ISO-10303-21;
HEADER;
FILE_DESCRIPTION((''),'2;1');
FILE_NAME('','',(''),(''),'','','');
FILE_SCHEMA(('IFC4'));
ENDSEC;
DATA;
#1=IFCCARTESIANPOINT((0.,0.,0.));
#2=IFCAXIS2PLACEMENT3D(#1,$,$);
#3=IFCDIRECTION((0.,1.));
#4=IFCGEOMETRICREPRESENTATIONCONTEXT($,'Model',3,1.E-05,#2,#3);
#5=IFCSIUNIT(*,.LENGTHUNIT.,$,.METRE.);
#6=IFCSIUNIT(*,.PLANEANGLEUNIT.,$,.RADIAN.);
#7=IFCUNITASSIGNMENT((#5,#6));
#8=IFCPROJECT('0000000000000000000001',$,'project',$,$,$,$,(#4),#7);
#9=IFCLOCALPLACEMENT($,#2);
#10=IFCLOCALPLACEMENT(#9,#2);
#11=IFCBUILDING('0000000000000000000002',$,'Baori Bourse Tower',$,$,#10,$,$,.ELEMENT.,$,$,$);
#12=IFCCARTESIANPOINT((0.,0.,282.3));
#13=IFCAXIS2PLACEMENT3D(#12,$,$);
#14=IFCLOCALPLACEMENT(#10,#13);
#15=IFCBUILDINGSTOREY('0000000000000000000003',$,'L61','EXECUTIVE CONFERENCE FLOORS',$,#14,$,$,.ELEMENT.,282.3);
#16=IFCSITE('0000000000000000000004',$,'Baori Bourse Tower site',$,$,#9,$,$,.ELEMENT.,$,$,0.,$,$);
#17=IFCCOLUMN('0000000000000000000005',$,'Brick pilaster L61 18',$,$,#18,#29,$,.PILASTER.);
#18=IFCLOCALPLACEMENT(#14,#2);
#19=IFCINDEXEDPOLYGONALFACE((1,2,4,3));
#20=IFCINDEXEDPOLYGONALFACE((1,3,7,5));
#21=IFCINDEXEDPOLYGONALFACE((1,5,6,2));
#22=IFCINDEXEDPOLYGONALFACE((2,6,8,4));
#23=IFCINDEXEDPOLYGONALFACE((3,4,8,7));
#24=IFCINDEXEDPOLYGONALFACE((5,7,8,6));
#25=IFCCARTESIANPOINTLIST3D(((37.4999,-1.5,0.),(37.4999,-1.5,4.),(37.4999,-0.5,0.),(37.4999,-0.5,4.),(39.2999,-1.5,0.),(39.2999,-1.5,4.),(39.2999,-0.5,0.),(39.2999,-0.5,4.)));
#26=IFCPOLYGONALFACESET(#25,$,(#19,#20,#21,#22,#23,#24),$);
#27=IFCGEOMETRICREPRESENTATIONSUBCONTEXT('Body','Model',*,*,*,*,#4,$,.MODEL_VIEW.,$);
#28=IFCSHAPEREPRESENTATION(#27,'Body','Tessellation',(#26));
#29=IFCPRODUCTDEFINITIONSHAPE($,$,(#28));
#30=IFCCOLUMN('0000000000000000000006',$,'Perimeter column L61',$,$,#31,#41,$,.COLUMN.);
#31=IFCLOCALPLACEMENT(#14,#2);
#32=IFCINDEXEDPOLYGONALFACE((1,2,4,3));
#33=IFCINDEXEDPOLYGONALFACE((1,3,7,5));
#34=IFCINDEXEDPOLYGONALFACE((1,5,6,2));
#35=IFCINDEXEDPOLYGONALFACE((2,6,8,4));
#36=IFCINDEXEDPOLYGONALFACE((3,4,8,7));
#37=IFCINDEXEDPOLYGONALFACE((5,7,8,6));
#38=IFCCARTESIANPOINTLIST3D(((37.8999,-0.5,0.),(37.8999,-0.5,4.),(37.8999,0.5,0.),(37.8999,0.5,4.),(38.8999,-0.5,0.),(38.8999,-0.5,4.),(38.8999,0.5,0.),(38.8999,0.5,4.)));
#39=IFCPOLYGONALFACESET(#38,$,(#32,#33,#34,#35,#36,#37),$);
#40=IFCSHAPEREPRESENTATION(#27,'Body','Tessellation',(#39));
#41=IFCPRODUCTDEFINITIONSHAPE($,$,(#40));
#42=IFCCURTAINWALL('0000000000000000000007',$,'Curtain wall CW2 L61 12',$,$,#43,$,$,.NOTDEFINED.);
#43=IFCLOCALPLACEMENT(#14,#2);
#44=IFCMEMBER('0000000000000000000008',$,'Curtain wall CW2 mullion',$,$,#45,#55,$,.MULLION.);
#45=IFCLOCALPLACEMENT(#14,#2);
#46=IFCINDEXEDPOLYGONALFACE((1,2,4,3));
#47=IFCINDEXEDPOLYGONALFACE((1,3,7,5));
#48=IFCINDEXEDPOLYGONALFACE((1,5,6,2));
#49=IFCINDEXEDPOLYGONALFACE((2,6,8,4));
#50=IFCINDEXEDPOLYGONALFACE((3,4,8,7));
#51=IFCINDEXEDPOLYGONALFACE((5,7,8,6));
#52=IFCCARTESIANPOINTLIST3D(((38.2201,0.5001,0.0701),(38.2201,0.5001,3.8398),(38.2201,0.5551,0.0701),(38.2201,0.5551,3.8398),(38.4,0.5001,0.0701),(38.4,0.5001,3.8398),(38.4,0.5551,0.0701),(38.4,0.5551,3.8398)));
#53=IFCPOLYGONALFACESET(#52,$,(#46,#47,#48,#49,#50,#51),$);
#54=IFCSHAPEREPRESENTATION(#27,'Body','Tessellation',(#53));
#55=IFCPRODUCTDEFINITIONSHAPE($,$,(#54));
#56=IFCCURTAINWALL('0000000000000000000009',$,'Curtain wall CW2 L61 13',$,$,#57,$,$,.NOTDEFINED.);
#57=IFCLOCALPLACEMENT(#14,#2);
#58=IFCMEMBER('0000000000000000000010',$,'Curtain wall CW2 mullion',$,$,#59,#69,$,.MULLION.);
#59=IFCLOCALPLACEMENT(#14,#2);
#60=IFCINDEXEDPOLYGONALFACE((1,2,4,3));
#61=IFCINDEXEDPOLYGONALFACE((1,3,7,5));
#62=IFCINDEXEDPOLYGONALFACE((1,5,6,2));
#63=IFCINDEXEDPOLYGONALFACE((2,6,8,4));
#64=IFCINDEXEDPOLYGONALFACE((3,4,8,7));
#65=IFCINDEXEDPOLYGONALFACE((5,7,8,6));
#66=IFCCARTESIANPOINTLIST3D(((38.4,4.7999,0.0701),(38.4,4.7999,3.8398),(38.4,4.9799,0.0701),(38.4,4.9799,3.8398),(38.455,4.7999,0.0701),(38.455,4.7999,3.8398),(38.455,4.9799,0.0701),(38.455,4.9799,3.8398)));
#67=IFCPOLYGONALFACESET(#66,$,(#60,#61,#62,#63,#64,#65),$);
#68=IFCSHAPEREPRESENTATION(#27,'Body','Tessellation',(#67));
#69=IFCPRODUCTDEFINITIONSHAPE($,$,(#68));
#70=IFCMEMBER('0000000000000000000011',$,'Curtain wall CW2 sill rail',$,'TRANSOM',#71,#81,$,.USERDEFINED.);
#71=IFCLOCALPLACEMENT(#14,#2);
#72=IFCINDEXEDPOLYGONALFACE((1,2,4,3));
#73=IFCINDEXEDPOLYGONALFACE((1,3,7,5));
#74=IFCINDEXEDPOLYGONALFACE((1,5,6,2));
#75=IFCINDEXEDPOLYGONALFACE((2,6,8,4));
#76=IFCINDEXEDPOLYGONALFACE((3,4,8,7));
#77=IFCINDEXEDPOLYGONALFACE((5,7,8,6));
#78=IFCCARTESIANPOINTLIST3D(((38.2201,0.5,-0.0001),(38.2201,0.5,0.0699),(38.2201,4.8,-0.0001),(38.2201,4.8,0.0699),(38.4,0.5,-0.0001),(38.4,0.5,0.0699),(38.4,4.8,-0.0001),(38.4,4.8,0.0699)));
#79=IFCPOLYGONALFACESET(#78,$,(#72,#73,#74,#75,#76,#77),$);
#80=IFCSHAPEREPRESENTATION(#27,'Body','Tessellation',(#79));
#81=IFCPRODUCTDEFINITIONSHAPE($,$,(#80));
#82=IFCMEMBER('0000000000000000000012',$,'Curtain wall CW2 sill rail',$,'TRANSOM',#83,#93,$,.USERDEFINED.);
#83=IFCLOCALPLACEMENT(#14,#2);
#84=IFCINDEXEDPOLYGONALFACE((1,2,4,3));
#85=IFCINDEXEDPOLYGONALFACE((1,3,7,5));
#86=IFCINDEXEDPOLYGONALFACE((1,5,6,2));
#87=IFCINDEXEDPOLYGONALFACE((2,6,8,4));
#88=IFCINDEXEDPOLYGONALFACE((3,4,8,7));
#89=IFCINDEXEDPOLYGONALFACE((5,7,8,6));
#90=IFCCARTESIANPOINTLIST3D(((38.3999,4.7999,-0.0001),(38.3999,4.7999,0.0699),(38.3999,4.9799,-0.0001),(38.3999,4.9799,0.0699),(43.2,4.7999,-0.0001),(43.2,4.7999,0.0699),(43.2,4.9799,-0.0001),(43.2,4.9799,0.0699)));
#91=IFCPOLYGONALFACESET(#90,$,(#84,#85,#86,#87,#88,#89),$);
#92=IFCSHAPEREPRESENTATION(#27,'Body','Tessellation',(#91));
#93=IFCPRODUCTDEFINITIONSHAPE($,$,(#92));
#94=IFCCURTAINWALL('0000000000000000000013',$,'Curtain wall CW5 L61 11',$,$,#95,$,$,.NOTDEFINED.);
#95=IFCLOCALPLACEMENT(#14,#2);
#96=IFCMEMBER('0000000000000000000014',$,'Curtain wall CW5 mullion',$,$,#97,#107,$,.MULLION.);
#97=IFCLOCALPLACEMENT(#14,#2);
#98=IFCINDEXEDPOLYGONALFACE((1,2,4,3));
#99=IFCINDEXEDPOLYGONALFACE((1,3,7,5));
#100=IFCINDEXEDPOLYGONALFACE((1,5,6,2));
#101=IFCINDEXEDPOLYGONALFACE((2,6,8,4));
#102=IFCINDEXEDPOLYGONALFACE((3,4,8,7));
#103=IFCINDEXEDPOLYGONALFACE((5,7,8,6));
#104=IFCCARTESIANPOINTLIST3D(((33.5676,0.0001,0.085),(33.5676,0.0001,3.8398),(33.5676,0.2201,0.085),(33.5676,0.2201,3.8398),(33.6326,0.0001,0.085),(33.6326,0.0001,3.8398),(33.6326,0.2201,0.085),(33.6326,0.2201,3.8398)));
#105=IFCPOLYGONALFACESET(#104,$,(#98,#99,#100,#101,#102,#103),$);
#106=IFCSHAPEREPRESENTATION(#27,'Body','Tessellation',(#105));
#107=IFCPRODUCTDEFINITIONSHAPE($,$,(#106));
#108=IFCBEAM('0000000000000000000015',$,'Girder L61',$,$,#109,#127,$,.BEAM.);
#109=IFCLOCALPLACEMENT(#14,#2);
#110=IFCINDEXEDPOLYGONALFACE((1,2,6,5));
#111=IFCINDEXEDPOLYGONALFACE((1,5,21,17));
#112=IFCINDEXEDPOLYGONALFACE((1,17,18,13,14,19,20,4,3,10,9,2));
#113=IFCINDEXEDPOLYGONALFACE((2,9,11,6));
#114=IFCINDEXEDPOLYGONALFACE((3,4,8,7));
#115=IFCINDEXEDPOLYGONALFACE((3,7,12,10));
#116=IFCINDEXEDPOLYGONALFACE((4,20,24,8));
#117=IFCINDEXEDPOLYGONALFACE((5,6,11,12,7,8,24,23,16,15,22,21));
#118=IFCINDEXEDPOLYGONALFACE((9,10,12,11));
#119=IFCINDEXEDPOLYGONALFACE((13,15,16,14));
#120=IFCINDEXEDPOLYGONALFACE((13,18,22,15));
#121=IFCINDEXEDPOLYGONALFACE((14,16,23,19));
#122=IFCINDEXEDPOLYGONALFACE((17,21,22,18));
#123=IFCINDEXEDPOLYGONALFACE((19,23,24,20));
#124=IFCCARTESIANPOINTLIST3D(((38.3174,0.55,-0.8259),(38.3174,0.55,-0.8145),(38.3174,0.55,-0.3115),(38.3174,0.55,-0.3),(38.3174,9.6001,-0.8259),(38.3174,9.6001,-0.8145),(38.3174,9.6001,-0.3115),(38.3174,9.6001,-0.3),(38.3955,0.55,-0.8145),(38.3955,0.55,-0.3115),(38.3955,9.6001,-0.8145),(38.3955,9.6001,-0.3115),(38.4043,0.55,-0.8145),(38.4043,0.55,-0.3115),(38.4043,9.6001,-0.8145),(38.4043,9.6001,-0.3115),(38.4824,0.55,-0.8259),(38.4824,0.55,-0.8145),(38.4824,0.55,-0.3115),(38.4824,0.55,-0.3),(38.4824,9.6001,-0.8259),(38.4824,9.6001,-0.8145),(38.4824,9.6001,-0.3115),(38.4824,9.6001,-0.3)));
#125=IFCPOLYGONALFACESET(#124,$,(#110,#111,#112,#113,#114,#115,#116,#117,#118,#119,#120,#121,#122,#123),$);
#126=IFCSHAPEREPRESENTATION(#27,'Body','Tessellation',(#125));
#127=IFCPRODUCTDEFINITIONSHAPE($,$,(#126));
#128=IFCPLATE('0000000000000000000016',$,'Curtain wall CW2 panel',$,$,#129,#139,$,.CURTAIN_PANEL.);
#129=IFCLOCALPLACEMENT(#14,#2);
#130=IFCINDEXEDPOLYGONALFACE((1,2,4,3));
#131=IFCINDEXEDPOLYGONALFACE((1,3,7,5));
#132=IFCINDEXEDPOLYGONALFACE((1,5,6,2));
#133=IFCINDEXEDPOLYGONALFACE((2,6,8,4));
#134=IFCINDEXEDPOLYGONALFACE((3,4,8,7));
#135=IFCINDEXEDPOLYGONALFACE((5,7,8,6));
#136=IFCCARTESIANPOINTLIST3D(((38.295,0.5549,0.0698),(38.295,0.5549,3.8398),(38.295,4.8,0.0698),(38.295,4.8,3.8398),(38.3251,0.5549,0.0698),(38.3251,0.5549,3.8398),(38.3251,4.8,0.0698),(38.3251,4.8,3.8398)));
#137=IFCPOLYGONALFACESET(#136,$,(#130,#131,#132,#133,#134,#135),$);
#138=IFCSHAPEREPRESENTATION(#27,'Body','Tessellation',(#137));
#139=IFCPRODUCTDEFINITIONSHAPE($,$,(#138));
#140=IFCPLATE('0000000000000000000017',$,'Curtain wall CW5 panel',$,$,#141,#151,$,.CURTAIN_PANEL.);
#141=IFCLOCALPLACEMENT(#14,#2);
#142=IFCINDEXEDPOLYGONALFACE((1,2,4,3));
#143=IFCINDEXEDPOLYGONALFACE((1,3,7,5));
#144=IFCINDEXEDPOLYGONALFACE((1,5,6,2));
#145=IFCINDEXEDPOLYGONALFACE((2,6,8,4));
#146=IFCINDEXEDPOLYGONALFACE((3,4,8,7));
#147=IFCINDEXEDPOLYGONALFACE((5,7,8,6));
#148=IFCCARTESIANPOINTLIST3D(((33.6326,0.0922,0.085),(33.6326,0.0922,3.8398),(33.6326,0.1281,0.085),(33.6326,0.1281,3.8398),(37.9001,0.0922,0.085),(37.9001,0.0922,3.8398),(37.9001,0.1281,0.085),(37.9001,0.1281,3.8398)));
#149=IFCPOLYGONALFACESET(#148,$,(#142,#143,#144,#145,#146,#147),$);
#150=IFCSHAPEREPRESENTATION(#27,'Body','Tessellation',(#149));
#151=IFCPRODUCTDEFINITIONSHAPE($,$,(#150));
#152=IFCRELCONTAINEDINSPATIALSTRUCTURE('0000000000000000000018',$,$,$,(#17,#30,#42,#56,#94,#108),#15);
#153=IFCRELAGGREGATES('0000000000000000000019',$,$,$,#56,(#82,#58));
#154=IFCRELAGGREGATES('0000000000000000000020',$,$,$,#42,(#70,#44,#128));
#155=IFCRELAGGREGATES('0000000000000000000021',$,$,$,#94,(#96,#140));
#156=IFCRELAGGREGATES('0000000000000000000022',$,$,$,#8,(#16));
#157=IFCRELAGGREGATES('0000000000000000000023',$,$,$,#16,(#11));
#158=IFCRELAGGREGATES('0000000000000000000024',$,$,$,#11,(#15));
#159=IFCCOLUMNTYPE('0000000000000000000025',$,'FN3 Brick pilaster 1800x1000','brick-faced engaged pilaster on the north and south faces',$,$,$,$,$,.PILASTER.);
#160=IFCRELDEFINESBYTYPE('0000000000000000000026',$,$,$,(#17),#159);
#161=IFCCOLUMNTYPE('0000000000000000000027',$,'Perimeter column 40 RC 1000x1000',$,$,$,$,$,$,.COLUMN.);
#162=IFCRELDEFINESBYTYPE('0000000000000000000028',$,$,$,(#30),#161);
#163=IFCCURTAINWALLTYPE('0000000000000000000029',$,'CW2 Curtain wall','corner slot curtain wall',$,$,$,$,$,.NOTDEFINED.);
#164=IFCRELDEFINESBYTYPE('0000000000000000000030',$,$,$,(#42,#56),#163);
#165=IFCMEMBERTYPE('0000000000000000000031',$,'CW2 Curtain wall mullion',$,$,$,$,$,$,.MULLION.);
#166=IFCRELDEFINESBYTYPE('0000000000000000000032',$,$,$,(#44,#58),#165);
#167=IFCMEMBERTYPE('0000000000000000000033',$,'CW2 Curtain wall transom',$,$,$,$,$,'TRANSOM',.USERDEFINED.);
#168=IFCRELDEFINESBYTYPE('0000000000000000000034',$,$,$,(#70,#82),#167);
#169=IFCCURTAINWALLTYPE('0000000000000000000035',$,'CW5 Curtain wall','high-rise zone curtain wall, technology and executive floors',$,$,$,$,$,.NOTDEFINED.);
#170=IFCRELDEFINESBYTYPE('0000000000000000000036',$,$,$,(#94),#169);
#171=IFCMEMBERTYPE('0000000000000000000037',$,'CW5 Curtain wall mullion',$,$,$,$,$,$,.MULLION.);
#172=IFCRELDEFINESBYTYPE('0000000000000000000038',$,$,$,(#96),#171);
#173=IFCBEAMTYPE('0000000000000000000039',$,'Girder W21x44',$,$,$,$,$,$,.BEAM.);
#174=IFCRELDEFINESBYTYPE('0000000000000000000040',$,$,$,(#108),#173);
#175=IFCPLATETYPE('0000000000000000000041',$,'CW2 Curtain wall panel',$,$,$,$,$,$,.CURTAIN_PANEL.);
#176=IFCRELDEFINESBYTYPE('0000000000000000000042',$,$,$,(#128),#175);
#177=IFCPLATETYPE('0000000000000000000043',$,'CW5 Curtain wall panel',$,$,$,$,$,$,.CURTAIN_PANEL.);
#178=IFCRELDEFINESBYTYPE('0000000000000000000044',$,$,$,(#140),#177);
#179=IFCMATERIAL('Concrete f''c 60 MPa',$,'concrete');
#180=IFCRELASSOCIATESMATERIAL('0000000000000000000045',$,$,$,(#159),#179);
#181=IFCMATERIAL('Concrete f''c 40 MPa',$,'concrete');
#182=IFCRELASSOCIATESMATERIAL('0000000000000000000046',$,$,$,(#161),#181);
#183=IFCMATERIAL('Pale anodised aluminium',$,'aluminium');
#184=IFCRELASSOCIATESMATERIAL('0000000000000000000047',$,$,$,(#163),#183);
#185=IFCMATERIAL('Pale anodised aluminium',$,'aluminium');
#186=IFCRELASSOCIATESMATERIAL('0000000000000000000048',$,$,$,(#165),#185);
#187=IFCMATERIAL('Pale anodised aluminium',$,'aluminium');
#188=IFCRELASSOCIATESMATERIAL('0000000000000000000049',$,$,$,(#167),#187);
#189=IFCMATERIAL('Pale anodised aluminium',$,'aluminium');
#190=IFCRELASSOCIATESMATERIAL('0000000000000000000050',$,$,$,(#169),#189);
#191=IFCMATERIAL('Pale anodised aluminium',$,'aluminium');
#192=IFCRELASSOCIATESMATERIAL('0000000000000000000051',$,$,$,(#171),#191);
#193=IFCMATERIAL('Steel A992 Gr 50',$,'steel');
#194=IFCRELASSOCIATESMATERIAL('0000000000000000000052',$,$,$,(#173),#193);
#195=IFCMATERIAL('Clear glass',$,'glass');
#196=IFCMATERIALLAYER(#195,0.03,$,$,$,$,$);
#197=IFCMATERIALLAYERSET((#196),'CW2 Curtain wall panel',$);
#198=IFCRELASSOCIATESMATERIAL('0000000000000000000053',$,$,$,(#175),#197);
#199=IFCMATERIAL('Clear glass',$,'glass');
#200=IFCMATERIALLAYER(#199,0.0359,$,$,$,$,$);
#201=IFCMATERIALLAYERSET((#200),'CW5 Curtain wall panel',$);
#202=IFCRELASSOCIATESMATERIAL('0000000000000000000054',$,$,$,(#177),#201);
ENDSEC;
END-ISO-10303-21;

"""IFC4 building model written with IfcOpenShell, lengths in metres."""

from ifc_helpers import new_model, si_unit, direction, frame, origin, origin_2d, place, context, subcontext, project, spatial, rectangle, i_section, extrude, material, layer, layer_set, material_profile, profile_set, type_object, element, aggregate, save


model = new_model("IFC4")

# Units and contexts
model_context = context("Model", 3, precision=1e-05, world=origin(), true_north=direction((0.0, 1.0)))
body_context = subcontext(model_context, "Body", "Model", "MODEL_VIEW")
ifc_project = project(units=[si_unit("LENGTHUNIT", "METRE"), si_unit("PLANEANGLEUNIT", "RADIAN")], contexts=[model_context])

# Site, building, storey
site_placement = place(None, origin())
site = spatial("IfcSite", under=ifc_project, at=site_placement, Name="Baori Bourse Tower site", CompositionType="ELEMENT", RefElevation=0.0)
building_placement = place(site_placement, origin())
building = spatial("IfcBuilding", under=site, at=building_placement, Name="Baori Bourse Tower", CompositionType="ELEMENT")
storey_placement = place(building_placement, frame((0.0, 0.0, 282.3)))
storey = spatial("IfcBuildingStorey", under=building, at=storey_placement, Name="L61", Description="EXECUTIVE CONFERENCE FLOORS", CompositionType="ELEMENT", Elevation=282.3)

# Columns
ifc_material_1 = material(Name="Concrete f'c 60 MPa", Category="concrete")
ifc_material_profile_1 = material_profile(ifc_material_1, rectangle(XDim=1.8, YDim=1.0, at=origin_2d()), Name="RC 1800x1000")
ifc_profile_set_1 = profile_set([ifc_material_profile_1], Name="Concrete f'c 60 MPa")
column_type_1 = type_object("IfcColumnType", Name="FN3 Brick pilaster 1800x1000", Description="brick-faced engaged pilaster on the north and south faces", PredefinedType="PILASTER", material=ifc_profile_set_1)
column_1_placement = place(storey_placement, frame((38.3999, -1.0, 0.0), z_axis=(0.0, 0.0, 1.0), x_axis=(1.0, 0.0, 0.0)))
element("IfcColumn", 1, at=column_1_placement, inside=storey, type_object=column_type_1, Name="Brick pilaster L61 18", PredefinedType="PILASTER", context=body_context, shape_type="SweptSolid", body=[
    extrude(rectangle(XDim=1.8, YDim=1.0, at=origin_2d()), origin(), (0.0, 0.0, 1.0), 4.0),
])
ifc_material_2 = material(Name="Concrete f'c 40 MPa", Category="concrete")
ifc_material_profile_2 = material_profile(ifc_material_2, rectangle(XDim=1.0, YDim=1.0, at=origin_2d()), Name="RC 1000x1000")
ifc_profile_set_2 = profile_set([ifc_material_profile_2], Name="Concrete f'c 40 MPa")
column_type_2 = type_object("IfcColumnType", Name="Perimeter column 40 RC 1000x1000", PredefinedType="COLUMN", material=ifc_profile_set_2)
column_2_placement = place(storey_placement, frame((38.3999, 0.0, 0.0), z_axis=(0.0, 0.0, 1.0), x_axis=(1.0, 0.0, 0.0)))
element("IfcColumn", 2, at=column_2_placement, inside=storey, type_object=column_type_2, Name="Perimeter column L61", PredefinedType="COLUMN", context=body_context, shape_type="SweptSolid", body=[
    extrude(rectangle(XDim=1.0, YDim=1.0, at=origin_2d()), origin(), (0.0, 0.0, 1.0), 4.0),
])

# Curtain walls, members
ifc_material_3 = material(Name="Pale anodised aluminium", Category="aluminium")
curtain_wall_type_1 = type_object("IfcCurtainWallType", Name="CW2 Curtain wall", Description="corner slot curtain wall", PredefinedType="NOTDEFINED", material=ifc_material_3)
curtain_wall_1_placement = place(storey_placement, origin())
curtain_wall_1 = element("IfcCurtainWall", 3, at=curtain_wall_1_placement, inside=storey, type_object=curtain_wall_type_1, Name="Curtain wall CW2 L61 12", PredefinedType="NOTDEFINED")
ifc_material_4 = material(Name="Pale anodised aluminium", Category="aluminium")
ifc_material_profile_3 = material_profile(ifc_material_4, rectangle(XDim=0.1799, YDim=0.0549, at=origin_2d()), Name="Mullion 55x180")
ifc_profile_set_3 = profile_set([ifc_material_profile_3], Name="Pale anodised aluminium")
member_type_1 = type_object("IfcMemberType", Name="CW2 Curtain wall mullion", PredefinedType="MULLION", material=ifc_profile_set_3)
member_1_placement = place(storey_placement, frame((38.3101, 0.5276, 0.0701), z_axis=(0.0, 0.0, 1.0), x_axis=(-1.0, 0.0, 0.0)))
member_1 = element("IfcMember", 4, at=member_1_placement, type_object=member_type_1, Name="Curtain wall CW2 mullion", PredefinedType="MULLION", context=body_context, shape_type="SweptSolid", body=[
    extrude(rectangle(XDim=0.1799, YDim=0.0549, at=origin_2d()), origin(), (0.0, 0.0, 1.0), 3.7698),
])
curtain_wall_2_placement = place(storey_placement, origin())
curtain_wall_2 = element("IfcCurtainWall", 5, at=curtain_wall_2_placement, inside=storey, type_object=curtain_wall_type_1, Name="Curtain wall CW2 L61 13", PredefinedType="NOTDEFINED")
member_2_placement = place(storey_placement, frame((38.4275, 4.8899, 0.0701), z_axis=(0.0, 0.0, 1.0), x_axis=(0.0, 1.0, 0.0)))
member_2 = element("IfcMember", 6, at=member_2_placement, type_object=member_type_1, Name="Curtain wall CW2 mullion", PredefinedType="MULLION", context=body_context, shape_type="SweptSolid", body=[
    extrude(rectangle(XDim=0.1799, YDim=0.0549, at=origin_2d()), origin(), (0.0, 0.0, 1.0), 3.7698),
])

# Members
ifc_material_5 = material(Name="Pale anodised aluminium", Category="aluminium")
ifc_material_profile_4 = material_profile(ifc_material_5, rectangle(XDim=0.1799, YDim=0.0701, at=origin_2d()), Name="Transom 70x180")
ifc_profile_set_4 = profile_set([ifc_material_profile_4], Name="Pale anodised aluminium")
member_type_2 = type_object("IfcMemberType", Name="CW2 Curtain wall transom", ElementType="TRANSOM", PredefinedType="USERDEFINED", material=ifc_profile_set_4)
member_3_placement = place(storey_placement, frame((38.3101, 0.5, 0.0349), z_axis=(0.0, 1.0, 0.0), x_axis=(-1.0, 0.0, 0.0)))
member_3 = element("IfcMember", 7, at=member_3_placement, type_object=member_type_2, Name="Curtain wall CW2 sill rail", ObjectType="TRANSOM", PredefinedType="USERDEFINED", context=body_context, shape_type="SweptSolid", body=[
    extrude(rectangle(XDim=0.1799, YDim=0.0701, at=origin_2d()), origin(), (0.0, 0.0, 1.0), 4.3),
])
member_4_placement = place(storey_placement, frame((38.3999, 4.8899, 0.0349), z_axis=(1.0, 0.0, 0.0), x_axis=(0.0, 1.0, 0.0)))
member_4 = element("IfcMember", 8, at=member_4_placement, type_object=member_type_2, Name="Curtain wall CW2 sill rail", ObjectType="TRANSOM", PredefinedType="USERDEFINED", context=body_context, shape_type="SweptSolid", body=[
    extrude(rectangle(XDim=0.1799, YDim=0.0701, at=origin_2d()), origin(), (0.0, 0.0, 1.0), 4.8),
])
aggregate(curtain_wall_2, [member_4, member_2])

# Curtain wall, member
ifc_material_6 = material(Name="Pale anodised aluminium", Category="aluminium")
curtain_wall_type_2 = type_object("IfcCurtainWallType", Name="CW5 Curtain wall", Description="high-rise zone curtain wall, technology and executive floors", PredefinedType="NOTDEFINED", material=ifc_material_6)
curtain_wall_3_placement = place(storey_placement, origin())
curtain_wall_3 = element("IfcCurtainWall", 9, at=curtain_wall_3_placement, inside=storey, type_object=curtain_wall_type_2, Name="Curtain wall CW5 L61 11", PredefinedType="NOTDEFINED")
ifc_material_7 = material(Name="Pale anodised aluminium", Category="aluminium")
ifc_material_profile_5 = material_profile(ifc_material_7, rectangle(XDim=0.22, YDim=0.0649, at=origin_2d()), Name="Mullion 65x220")
ifc_profile_set_5 = profile_set([ifc_material_profile_5], Name="Pale anodised aluminium")
member_type_3 = type_object("IfcMemberType", Name="CW5 Curtain wall mullion", PredefinedType="MULLION", material=ifc_profile_set_5)
member_5_placement = place(storey_placement, frame((33.6001, 0.1101, 0.085), z_axis=(0.0, 0.0, 1.0), x_axis=(0.0, 1.0, 0.0)))
member_5 = element("IfcMember", 10, at=member_5_placement, type_object=member_type_3, Name="Curtain wall CW5 mullion", PredefinedType="MULLION", context=body_context, shape_type="SweptSolid", body=[
    extrude(rectangle(XDim=0.22, YDim=0.0649, at=origin_2d()), origin(), (0.0, 0.0, 1.0), 3.7549),
])

# Beam
ifc_material_8 = material(Name="Steel A992 Gr 50", Category="steel")
ifc_material_profile_6 = material_profile(ifc_material_8, i_section(OverallWidth=0.165, OverallDepth=0.5259, WebThickness=0.0088, FlangeThickness=0.0115, at=origin_2d()), Name="W21x44")
ifc_profile_set_6 = profile_set([ifc_material_profile_6], Name="Steel A992 Gr 50")
beam_type = type_object("IfcBeamType", Name="Girder W21x44", PredefinedType="BEAM", material=ifc_profile_set_6)
beam_placement = place(storey_placement, frame((38.3999, 0.55, -0.563), z_axis=(0.0, 1.0, 0.0), x_axis=(-1.0, 0.0, 0.0)))
element("IfcBeam", 11, at=beam_placement, inside=storey, type_object=beam_type, Name="Girder L61", PredefinedType="BEAM", context=body_context, shape_type="SweptSolid", body=[
    extrude(i_section(OverallWidth=0.165, OverallDepth=0.5259, WebThickness=0.0088, FlangeThickness=0.0115, at=origin_2d()), origin(), (0.0, 0.0, 1.0), 9.05),
])

# Plates
ifc_material_9 = material(Name="Clear glass", Category="glass")
ifc_layer_1 = layer(ifc_material_9, 0.03)
ifc_layer_set_1 = layer_set([ifc_layer_1], Name="CW2 Curtain wall panel")
plate_type_1 = type_object("IfcPlateType", Name="CW2 Curtain wall panel", PredefinedType="CURTAIN_PANEL", material=ifc_layer_set_1)
plate_1_placement = place(storey_placement, frame((38.3101, 2.6775, 0.0698), z_axis=(0.0, 0.0, 1.0), x_axis=(0.0, 1.0, 0.0)))
plate_1 = element("IfcPlate", 12, at=plate_1_placement, type_object=plate_type_1, Name="Curtain wall CW2 panel", PredefinedType="CURTAIN_PANEL", context=body_context, shape_type="SweptSolid", body=[
    extrude(rectangle(XDim=4.2451, YDim=0.03, at=origin_2d()), origin(), (0.0, 0.0, 1.0), 3.77),
])
aggregate(curtain_wall_1, [member_3, member_1, plate_1])
ifc_material_10 = material(Name="Clear glass", Category="glass")
ifc_layer_2 = layer(ifc_material_10, 0.0359)
ifc_layer_set_2 = layer_set([ifc_layer_2], Name="CW5 Curtain wall panel")
plate_type_2 = type_object("IfcPlateType", Name="CW5 Curtain wall panel", PredefinedType="CURTAIN_PANEL", material=ifc_layer_set_2)
plate_2_placement = place(storey_placement, frame((35.7664, 0.1101, 0.085), z_axis=(0.0, 0.0, 1.0), x_axis=(1.0, 0.0, 0.0)))
plate_2 = element("IfcPlate", 13, at=plate_2_placement, type_object=plate_type_2, Name="Curtain wall CW5 panel", PredefinedType="CURTAIN_PANEL", context=body_context, shape_type="SweptSolid", body=[
    extrude(rectangle(XDim=4.2676, YDim=0.0359, at=origin_2d()), origin(), (0.0, 0.0, 1.0), 3.7549),
])
aggregate(curtain_wall_3, [member_5, plate_2])

save(model, "model.ifc")
